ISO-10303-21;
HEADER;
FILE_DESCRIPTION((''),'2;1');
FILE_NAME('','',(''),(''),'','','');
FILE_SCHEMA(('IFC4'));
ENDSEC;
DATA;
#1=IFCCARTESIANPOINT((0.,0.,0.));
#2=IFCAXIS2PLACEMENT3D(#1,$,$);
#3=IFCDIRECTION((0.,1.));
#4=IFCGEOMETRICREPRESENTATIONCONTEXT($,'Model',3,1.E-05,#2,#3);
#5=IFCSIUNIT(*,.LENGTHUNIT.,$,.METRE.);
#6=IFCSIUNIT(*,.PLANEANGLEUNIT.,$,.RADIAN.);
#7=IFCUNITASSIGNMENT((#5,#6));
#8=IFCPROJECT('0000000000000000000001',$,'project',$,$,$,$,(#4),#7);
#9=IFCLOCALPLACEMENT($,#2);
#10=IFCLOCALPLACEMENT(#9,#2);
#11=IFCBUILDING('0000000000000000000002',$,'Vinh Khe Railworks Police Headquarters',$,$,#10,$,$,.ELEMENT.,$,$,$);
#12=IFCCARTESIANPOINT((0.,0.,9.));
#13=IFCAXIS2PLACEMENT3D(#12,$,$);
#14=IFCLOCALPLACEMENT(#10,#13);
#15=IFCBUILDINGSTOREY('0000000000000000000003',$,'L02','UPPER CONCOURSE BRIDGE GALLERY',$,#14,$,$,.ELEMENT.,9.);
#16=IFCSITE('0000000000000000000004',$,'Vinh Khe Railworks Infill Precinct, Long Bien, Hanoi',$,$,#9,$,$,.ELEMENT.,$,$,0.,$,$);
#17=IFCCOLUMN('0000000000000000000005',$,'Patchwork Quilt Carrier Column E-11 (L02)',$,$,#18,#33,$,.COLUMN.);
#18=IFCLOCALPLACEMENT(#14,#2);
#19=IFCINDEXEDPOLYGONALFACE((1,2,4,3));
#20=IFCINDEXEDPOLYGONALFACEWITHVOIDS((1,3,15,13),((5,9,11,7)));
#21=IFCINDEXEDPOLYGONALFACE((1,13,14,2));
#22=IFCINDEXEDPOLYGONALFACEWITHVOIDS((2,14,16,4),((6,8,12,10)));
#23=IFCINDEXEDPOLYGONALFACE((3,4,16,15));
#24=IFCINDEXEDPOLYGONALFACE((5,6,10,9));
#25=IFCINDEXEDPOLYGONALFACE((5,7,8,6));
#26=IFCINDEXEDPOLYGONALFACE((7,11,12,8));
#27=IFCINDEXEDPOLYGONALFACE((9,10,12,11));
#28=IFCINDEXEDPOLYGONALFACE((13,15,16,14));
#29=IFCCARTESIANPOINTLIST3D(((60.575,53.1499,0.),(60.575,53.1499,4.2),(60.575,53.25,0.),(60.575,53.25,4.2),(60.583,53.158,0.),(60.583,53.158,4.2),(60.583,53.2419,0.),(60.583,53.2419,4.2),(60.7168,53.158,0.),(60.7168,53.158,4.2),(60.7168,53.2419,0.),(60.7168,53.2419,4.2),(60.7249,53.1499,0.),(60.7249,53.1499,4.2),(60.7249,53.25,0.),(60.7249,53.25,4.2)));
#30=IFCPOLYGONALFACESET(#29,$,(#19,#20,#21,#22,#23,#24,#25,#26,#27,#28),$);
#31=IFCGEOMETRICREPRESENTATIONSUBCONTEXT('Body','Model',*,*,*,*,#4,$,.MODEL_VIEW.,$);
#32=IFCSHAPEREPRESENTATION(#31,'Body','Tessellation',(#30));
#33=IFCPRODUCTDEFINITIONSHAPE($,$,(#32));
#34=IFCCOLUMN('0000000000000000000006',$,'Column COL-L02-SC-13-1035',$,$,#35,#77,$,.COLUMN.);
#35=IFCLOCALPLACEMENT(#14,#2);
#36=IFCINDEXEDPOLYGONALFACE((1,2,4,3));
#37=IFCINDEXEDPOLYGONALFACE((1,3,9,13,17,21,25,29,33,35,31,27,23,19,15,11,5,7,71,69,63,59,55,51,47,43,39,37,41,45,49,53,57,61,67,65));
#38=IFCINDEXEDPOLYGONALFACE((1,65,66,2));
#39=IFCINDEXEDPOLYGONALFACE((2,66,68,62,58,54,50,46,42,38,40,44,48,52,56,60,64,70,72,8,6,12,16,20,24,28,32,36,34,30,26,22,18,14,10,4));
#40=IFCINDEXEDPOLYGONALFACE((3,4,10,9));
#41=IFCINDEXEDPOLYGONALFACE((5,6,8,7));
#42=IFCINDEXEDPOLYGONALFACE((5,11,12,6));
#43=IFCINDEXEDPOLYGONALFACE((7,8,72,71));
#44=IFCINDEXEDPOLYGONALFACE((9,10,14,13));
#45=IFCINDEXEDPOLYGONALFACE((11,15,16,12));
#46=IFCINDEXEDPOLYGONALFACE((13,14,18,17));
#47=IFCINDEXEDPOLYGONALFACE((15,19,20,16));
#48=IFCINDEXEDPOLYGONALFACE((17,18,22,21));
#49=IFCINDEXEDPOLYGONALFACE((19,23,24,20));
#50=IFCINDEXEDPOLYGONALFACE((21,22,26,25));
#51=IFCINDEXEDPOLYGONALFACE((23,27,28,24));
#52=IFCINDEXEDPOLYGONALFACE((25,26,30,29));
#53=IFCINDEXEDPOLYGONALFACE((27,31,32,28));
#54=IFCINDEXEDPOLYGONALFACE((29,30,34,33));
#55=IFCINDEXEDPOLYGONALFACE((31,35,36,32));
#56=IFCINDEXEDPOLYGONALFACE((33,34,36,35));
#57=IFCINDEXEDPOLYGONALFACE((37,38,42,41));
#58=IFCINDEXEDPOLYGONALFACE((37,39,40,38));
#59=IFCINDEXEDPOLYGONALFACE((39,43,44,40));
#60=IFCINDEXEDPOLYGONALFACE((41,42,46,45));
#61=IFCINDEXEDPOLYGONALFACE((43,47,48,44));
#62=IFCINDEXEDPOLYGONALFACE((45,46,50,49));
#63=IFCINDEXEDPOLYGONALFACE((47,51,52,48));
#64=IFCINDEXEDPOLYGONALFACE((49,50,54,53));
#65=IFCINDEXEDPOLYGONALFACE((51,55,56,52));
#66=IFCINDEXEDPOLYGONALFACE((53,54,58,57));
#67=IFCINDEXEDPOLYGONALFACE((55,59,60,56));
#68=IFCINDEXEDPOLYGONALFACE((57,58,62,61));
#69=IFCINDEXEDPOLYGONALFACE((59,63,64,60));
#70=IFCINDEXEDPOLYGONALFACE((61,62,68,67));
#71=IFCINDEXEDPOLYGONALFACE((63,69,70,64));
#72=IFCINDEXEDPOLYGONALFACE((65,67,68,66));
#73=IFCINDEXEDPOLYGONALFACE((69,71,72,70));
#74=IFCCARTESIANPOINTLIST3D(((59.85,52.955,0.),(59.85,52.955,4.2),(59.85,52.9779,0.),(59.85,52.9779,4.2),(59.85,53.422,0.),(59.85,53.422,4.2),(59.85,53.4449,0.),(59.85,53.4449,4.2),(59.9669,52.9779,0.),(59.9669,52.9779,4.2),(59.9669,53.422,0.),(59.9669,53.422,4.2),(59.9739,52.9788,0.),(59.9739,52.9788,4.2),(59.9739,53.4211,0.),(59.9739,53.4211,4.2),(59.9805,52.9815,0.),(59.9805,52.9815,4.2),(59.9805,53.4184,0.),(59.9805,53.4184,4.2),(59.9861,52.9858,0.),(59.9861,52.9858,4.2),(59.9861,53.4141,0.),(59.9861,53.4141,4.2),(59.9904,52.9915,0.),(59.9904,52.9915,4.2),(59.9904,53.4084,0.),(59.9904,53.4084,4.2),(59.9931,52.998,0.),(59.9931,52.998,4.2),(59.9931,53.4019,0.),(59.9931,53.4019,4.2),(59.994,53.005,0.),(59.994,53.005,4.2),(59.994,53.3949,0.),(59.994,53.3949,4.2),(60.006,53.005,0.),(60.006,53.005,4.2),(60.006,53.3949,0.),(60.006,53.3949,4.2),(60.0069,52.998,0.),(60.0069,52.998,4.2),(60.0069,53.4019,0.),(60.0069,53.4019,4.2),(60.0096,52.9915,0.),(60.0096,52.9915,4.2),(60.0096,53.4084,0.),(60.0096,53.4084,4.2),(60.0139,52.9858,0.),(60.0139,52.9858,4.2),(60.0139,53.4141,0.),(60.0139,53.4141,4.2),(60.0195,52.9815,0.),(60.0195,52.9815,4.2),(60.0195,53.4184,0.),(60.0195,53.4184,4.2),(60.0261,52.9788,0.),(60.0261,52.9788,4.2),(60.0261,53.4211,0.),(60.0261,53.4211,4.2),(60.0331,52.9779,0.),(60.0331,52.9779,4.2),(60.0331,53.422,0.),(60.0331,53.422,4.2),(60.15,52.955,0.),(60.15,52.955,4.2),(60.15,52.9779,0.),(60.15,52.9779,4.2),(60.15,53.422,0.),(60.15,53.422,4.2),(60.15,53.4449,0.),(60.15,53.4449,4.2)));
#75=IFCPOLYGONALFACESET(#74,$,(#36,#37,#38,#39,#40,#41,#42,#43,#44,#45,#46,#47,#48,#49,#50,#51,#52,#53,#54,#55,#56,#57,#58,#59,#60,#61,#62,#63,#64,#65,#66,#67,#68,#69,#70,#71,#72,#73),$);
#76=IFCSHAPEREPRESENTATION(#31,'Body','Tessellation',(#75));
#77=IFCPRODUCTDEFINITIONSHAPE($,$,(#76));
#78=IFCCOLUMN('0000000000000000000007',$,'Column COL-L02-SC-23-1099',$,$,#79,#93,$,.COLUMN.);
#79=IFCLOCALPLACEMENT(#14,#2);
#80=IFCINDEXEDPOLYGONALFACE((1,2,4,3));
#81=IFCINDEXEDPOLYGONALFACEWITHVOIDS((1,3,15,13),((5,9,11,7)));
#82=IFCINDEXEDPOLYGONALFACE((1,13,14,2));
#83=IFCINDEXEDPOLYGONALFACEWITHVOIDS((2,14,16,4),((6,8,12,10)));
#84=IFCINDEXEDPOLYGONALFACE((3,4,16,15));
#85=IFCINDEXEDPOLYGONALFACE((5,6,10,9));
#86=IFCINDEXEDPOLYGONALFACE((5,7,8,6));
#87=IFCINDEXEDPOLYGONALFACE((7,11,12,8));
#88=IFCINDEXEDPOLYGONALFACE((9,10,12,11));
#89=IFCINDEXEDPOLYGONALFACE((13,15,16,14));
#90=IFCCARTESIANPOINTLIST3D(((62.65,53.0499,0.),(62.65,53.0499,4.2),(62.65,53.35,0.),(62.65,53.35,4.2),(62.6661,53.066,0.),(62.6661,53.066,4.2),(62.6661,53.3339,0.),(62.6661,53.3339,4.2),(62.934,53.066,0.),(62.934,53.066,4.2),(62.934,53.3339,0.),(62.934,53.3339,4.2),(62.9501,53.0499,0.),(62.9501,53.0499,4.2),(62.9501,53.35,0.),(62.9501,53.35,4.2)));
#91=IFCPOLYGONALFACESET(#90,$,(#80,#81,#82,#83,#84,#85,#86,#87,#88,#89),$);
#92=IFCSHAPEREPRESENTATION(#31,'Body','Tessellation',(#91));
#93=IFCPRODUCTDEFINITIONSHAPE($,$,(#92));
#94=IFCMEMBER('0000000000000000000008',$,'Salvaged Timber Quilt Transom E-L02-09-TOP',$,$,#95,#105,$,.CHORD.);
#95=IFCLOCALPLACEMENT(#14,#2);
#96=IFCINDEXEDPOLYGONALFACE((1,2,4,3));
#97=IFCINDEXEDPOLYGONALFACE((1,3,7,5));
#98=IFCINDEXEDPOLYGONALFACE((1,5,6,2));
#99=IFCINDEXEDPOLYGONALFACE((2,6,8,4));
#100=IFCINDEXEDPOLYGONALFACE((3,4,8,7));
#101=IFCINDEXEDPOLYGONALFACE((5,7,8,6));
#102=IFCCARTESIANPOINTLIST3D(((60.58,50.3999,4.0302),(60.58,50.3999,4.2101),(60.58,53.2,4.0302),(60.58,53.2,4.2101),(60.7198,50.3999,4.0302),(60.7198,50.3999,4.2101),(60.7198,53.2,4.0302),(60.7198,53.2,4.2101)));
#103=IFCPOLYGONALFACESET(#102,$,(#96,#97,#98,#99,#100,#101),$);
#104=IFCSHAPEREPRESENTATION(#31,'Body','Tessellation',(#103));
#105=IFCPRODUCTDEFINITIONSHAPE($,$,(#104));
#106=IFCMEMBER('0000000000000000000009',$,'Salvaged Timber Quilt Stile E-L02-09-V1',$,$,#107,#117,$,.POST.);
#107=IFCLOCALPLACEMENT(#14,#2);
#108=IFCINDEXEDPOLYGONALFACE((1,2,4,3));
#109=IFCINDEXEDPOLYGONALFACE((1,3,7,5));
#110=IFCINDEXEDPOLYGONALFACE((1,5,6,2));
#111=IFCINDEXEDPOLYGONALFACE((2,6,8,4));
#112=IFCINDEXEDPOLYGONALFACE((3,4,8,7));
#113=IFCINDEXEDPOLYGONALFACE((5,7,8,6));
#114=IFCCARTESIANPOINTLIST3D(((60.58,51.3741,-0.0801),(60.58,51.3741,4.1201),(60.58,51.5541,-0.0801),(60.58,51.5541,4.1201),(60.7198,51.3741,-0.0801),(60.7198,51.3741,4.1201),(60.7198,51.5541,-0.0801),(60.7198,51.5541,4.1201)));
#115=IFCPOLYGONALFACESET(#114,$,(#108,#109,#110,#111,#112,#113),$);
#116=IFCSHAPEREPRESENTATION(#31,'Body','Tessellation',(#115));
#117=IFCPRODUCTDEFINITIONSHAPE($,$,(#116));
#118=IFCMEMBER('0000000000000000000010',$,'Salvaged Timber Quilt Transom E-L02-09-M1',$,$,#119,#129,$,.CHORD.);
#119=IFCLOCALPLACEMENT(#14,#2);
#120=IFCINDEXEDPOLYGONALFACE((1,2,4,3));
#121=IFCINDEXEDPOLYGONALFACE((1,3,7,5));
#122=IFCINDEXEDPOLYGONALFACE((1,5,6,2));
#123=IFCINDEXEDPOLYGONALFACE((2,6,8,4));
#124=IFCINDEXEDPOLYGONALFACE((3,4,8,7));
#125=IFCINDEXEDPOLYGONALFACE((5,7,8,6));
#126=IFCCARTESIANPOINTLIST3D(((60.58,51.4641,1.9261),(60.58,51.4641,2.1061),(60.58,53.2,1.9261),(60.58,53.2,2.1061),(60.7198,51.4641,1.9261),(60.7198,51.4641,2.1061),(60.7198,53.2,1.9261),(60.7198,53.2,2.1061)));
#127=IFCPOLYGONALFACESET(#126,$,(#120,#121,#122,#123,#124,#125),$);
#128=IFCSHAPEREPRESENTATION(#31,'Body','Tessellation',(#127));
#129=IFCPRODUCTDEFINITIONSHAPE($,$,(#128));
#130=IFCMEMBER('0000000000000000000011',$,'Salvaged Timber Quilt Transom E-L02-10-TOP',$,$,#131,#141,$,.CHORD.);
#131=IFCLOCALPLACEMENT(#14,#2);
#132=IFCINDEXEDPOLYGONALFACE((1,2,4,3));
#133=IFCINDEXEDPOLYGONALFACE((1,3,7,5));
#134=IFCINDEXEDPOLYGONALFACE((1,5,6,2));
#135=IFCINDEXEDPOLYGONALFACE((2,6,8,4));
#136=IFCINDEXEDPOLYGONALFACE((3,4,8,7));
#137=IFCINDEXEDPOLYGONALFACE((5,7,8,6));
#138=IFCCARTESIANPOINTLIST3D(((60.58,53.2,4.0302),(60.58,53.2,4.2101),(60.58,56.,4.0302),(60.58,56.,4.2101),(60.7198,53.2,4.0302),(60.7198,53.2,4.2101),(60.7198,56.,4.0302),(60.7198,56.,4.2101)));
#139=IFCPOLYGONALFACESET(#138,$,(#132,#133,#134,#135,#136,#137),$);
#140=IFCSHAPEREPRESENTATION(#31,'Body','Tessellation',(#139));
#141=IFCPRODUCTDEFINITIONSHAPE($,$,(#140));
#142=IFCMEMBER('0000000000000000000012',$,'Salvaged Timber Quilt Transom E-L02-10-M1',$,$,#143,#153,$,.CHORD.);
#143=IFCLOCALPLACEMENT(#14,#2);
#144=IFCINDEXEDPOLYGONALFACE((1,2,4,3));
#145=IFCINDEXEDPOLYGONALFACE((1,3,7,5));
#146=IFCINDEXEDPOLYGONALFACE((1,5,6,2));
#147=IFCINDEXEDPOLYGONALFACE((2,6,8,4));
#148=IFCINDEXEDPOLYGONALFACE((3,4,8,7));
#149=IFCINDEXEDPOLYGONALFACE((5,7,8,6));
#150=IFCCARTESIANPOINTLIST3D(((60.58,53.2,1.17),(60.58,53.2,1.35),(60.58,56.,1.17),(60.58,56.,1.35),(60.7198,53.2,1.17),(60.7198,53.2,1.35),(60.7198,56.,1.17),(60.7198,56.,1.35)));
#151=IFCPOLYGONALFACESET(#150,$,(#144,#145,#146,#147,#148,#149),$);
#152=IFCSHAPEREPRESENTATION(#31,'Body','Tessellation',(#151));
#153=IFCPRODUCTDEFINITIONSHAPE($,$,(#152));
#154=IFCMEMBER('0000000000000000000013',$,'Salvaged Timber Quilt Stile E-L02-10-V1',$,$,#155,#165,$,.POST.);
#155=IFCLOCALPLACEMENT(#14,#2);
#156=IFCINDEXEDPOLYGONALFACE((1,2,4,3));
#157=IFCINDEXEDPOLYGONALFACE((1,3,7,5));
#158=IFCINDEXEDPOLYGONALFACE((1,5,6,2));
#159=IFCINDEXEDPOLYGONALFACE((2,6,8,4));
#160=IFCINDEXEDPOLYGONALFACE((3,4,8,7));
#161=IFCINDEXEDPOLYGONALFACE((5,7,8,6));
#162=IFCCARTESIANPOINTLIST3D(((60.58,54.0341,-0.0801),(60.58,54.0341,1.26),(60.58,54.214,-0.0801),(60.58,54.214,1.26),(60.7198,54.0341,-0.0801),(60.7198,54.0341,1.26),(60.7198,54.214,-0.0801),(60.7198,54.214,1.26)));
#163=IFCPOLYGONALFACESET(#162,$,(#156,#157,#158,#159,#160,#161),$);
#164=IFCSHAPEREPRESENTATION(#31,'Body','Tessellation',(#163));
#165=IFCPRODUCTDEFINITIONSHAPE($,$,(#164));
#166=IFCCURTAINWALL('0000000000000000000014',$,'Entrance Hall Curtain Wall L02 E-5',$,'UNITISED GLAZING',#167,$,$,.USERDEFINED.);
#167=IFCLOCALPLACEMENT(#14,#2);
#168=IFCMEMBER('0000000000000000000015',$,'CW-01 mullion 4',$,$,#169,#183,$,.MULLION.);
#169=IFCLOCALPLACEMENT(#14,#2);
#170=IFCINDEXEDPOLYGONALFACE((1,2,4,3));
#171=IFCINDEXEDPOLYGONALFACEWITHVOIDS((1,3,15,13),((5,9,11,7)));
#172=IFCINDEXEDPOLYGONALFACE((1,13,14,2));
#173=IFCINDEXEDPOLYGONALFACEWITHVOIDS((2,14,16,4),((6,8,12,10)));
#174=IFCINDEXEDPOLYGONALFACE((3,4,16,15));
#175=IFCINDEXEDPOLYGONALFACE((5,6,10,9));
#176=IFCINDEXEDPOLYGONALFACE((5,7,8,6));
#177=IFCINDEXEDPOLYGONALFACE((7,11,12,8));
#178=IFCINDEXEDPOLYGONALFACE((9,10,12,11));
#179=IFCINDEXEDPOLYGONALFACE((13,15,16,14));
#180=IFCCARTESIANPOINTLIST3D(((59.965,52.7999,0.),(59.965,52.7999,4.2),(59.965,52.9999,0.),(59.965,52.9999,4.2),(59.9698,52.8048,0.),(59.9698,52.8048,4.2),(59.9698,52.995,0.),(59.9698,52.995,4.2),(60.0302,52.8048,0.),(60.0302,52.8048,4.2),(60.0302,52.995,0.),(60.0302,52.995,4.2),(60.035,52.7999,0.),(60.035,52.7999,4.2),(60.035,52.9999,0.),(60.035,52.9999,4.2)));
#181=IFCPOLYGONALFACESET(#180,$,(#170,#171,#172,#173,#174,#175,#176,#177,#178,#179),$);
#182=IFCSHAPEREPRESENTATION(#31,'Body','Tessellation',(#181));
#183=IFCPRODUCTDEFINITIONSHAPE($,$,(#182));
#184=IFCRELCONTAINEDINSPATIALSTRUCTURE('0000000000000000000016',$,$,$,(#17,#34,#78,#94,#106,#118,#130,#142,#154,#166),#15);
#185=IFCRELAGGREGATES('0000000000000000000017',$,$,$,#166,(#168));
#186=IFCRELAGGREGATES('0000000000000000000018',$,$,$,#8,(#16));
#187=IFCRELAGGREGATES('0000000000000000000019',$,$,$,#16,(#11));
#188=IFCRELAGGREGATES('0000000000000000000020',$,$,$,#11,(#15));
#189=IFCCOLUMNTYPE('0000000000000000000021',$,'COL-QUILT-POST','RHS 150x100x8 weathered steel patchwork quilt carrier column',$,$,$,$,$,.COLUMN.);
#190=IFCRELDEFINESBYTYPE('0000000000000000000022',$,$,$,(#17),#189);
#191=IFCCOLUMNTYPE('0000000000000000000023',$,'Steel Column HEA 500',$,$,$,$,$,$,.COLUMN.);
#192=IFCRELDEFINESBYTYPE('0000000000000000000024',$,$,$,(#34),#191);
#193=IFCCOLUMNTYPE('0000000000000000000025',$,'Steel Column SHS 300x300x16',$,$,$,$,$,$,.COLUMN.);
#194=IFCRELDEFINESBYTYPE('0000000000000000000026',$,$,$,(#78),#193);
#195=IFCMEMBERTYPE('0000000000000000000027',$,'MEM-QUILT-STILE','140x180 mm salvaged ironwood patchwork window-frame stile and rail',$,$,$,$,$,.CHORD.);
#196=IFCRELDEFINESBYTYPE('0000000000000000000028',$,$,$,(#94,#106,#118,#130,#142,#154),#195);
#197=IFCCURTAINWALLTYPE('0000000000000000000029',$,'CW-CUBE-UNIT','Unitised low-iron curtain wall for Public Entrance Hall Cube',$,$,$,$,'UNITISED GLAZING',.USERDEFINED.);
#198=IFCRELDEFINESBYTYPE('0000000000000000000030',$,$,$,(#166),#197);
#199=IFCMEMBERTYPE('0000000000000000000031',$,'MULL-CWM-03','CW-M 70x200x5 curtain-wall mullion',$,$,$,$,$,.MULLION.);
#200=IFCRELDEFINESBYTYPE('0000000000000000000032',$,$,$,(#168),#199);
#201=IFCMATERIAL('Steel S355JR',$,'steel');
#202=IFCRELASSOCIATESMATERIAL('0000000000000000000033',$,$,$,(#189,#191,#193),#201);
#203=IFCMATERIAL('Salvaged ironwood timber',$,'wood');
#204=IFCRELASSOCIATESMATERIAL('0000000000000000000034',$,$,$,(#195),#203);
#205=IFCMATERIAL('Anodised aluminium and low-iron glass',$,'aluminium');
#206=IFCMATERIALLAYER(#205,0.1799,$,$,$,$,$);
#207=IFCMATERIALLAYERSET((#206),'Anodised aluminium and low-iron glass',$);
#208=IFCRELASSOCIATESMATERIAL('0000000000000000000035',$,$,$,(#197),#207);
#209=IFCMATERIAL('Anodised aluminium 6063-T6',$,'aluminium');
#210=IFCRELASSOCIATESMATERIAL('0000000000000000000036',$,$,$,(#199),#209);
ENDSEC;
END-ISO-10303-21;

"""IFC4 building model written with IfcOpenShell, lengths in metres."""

from ifc_helpers import new_model, si_unit, direction, frame, origin, origin_2d, place, context, subcontext, project, spatial, rectangle, hollow_rectangle, i_section, extrude, material, layer, layer_set, material_profile, profile_set, type_object, element, aggregate, save


model = new_model("IFC4")

# Units and contexts
model_context = context("Model", 3, precision=1e-05, world=origin(), true_north=direction((0.0, 1.0)))
body_context = subcontext(model_context, "Body", "Model", "MODEL_VIEW")
ifc_project = project(units=[si_unit("LENGTHUNIT", "METRE"), si_unit("PLANEANGLEUNIT", "RADIAN")], contexts=[model_context])

# Site, building, storey
site_placement = place(None, origin())
site = spatial("IfcSite", under=ifc_project, at=site_placement, Name="Vinh Khe Railworks Infill Precinct, Long Bien, Hanoi", CompositionType="ELEMENT", RefElevation=0.0)
building_placement = place(site_placement, origin())
building = spatial("IfcBuilding", under=site, at=building_placement, Name="Vinh Khe Railworks Police Headquarters", CompositionType="ELEMENT")
storey_placement = place(building_placement, frame((0.0, 0.0, 9.0)))
storey = spatial("IfcBuildingStorey", under=building, at=storey_placement, Name="L02", Description="UPPER CONCOURSE BRIDGE GALLERY", CompositionType="ELEMENT", Elevation=9.0)

# Columns
ifc_material_1 = material(Name="Steel S355JR", Category="steel")
ifc_material_profile_1 = material_profile(ifc_material_1, hollow_rectangle(XDim=0.1499, YDim=0.1001, WallThickness=0.0081, at=origin_2d()), Name="RHS 150x100x8")
ifc_profile_set_1 = profile_set([ifc_material_profile_1], Name="Steel S355JR")
column_type_1 = type_object("IfcColumnType", Name="COL-QUILT-POST", Description="RHS 150x100x8 weathered steel patchwork quilt carrier column", PredefinedType="COLUMN", material=ifc_profile_set_1)
column_1_placement = place(storey_placement, frame((60.6499, 53.2, 0.0), z_axis=(0.0, 0.0, 1.0), x_axis=(1.0, 0.0, 0.0)))
element("IfcColumn", 1, at=column_1_placement, inside=storey, type_object=column_type_1, Name="Patchwork Quilt Carrier Column E-11 (L02)", PredefinedType="COLUMN", context=body_context, shape_type="SweptSolid", body=[
    extrude(hollow_rectangle(XDim=0.1499, YDim=0.1001, WallThickness=0.0081, at=origin_2d()), origin(), (0.0, 0.0, 1.0), 4.2),
])
ifc_material_profile_2 = material_profile(ifc_material_1, i_section(OverallWidth=0.3, OverallDepth=0.49, WebThickness=0.012, FlangeThickness=0.0229, FilletRadius=0.0271, at=origin_2d()), Name="HEA 500")
ifc_profile_set_2 = profile_set([ifc_material_profile_2], Name="Steel S355JR")
column_type_2 = type_object("IfcColumnType", Name="Steel Column HEA 500", PredefinedType="COLUMN", material=ifc_profile_set_2)
column_2_placement = place(storey_placement, frame((60.0, 53.2, 0.0), z_axis=(0.0, 0.0, 1.0), x_axis=(1.0, 0.0, 0.0)))
element("IfcColumn", 2, at=column_2_placement, inside=storey, type_object=column_type_2, Name="Column COL-L02-SC-13-1035", PredefinedType="COLUMN", context=body_context, shape_type="SweptSolid", body=[
    extrude(i_section(OverallWidth=0.3, OverallDepth=0.49, WebThickness=0.012, FlangeThickness=0.0229, FilletRadius=0.0271, at=origin_2d()), origin(), (0.0, 0.0, 1.0), 4.2),
])
ifc_material_profile_3 = material_profile(ifc_material_1, hollow_rectangle(XDim=0.3, YDim=0.3, WallThickness=0.0161, at=origin_2d()), Name="SHS 300x300x16")
ifc_profile_set_3 = profile_set([ifc_material_profile_3], Name="Steel S355JR")
column_type_3 = type_object("IfcColumnType", Name="Steel Column SHS 300x300x16", PredefinedType="COLUMN", material=ifc_profile_set_3)
column_3_placement = place(storey_placement, frame((62.8, 53.2, 0.0), z_axis=(0.0, 0.0, 1.0), x_axis=(1.0, 0.0, 0.0)))
element("IfcColumn", 3, at=column_3_placement, inside=storey, type_object=column_type_3, Name="Column COL-L02-SC-23-1099", PredefinedType="COLUMN", context=body_context, shape_type="SweptSolid", body=[
    extrude(hollow_rectangle(XDim=0.3, YDim=0.3, WallThickness=0.0161, at=origin_2d()), origin(), (0.0, 0.0, 1.0), 4.2),
])

# Members
ifc_material_2 = material(Name="Salvaged ironwood timber", Category="wood")
ifc_material_profile_4 = material_profile(ifc_material_2, rectangle(XDim=0.1399, YDim=0.1799, at=origin_2d()), Name="TIMBER 140x180")
ifc_profile_set_4 = profile_set([ifc_material_profile_4], Name="Salvaged ironwood timber")
member_type_1 = type_object("IfcMemberType", Name="MEM-QUILT-STILE", Description="140x180 mm salvaged ironwood patchwork window-frame stile and rail", PredefinedType="CHORD", material=ifc_profile_set_4)
member_1_placement = place(storey_placement, frame((60.6499, 50.3999, 4.1201), z_axis=(0.0, 1.0, 0.0), x_axis=(-1.0, 0.0, 0.0)))
element("IfcMember", 4, at=member_1_placement, inside=storey, type_object=member_type_1, Name="Salvaged Timber Quilt Transom E-L02-09-TOP", PredefinedType="CHORD", context=body_context, shape_type="SweptSolid", body=[
    extrude(rectangle(XDim=0.1399, YDim=0.1799, at=origin_2d()), origin(), (0.0, 0.0, 1.0), 2.8),
])
member_2_placement = place(storey_placement, frame((60.6499, 51.4641, -0.0801), z_axis=(0.0, 0.0, 1.0), x_axis=(1.0, 0.0, 0.0)))
element("IfcMember", 5, at=member_2_placement, inside=storey, type_object=member_type_1, Name="Salvaged Timber Quilt Stile E-L02-09-V1", PredefinedType="POST", context=body_context, shape_type="SweptSolid", body=[
    extrude(rectangle(XDim=0.1399, YDim=0.1799, at=origin_2d()), origin(), (0.0, 0.0, 1.0), 4.2002),
])
member_3_placement = place(storey_placement, frame((60.6499, 51.4641, 2.0161), z_axis=(0.0, 1.0, 0.0), x_axis=(-1.0, 0.0, 0.0)))
element("IfcMember", 6, at=member_3_placement, inside=storey, type_object=member_type_1, Name="Salvaged Timber Quilt Transom E-L02-09-M1", PredefinedType="CHORD", context=body_context, shape_type="SweptSolid", body=[
    extrude(rectangle(XDim=0.1399, YDim=0.1799, at=origin_2d()), origin(), (0.0, 0.0, 1.0), 1.7358),
])
for number, where, z_axis, x_axis, name in (
    (7, (60.6499, 53.2, 4.1201), (0.0, 1.0, 0.0), (-1.0, 0.0, 0.0), "Salvaged Timber Quilt Transom E-L02-10-TOP"),
    (8, (60.6499, 53.2, 1.26), (0.0, 1.0, 0.0), (-1.0, 0.0, 0.0), "Salvaged Timber Quilt Transom E-L02-10-M1"),
):
    element("IfcMember", number, at=place(storey_placement, frame(where, z_axis=z_axis, x_axis=x_axis)), inside=storey, type_object=member_type_1, Name=name, PredefinedType="CHORD", context=body_context, shape_type="SweptSolid", body=[
        extrude(rectangle(XDim=0.1399, YDim=0.1799, at=origin_2d()), origin(), (0.0, 0.0, 1.0), 2.8),
    ])
member_4_placement = place(storey_placement, frame((60.6499, 54.124, -0.0801), z_axis=(0.0, 0.0, 1.0), x_axis=(1.0, 0.0, 0.0)))
element("IfcMember", 9, at=member_4_placement, inside=storey, type_object=member_type_1, Name="Salvaged Timber Quilt Stile E-L02-10-V1", PredefinedType="POST", context=body_context, shape_type="SweptSolid", body=[
    extrude(rectangle(XDim=0.1399, YDim=0.1799, at=origin_2d()), origin(), (0.0, 0.0, 1.0), 1.3401),
])

# Curtain wall, member
ifc_material_3 = material(Name="Anodised aluminium and low-iron glass", Category="aluminium")
ifc_layer_1 = layer(ifc_material_3, 0.1799)
ifc_layer_set_1 = layer_set([ifc_layer_1], Name="Anodised aluminium and low-iron glass")
curtain_wall_type = type_object("IfcCurtainWallType", Name="CW-CUBE-UNIT", Description="Unitised low-iron curtain wall for Public Entrance Hall Cube", ElementType="UNITISED GLAZING", PredefinedType="USERDEFINED", material=ifc_layer_set_1)
curtain_wall_1_placement = place(storey_placement, origin())
curtain_wall_1 = element("IfcCurtainWall", 10, at=curtain_wall_1_placement, inside=storey, type_object=curtain_wall_type, Name="Entrance Hall Curtain Wall L02 E-5", ObjectType="UNITISED GLAZING", PredefinedType="USERDEFINED")
ifc_material_4 = material(Name="Anodised aluminium 6063-T6", Category="aluminium")
ifc_material_profile_5 = material_profile(ifc_material_4, hollow_rectangle(XDim=0.0701, YDim=0.2, WallThickness=0.0049, at=origin_2d()), Name="CW-M 70x200x5")
ifc_profile_set_5 = profile_set([ifc_material_profile_5], Name="Anodised aluminium 6063-T6")
member_type_2 = type_object("IfcMemberType", Name="MULL-CWM-03", Description="CW-M 70x200x5 curtain-wall mullion", PredefinedType="MULLION", material=ifc_profile_set_5)
member_5_placement = place(storey_placement, frame((60.0, 52.8999, 0.0), z_axis=(0.0, 0.0, 1.0), x_axis=(-1.0, 0.0, 0.0)))
member_5 = element("IfcMember", 11, at=member_5_placement, type_object=member_type_2, Name="CW-01 mullion 4", PredefinedType="MULLION", context=body_context, shape_type="SweptSolid", body=[
    extrude(hollow_rectangle(XDim=0.0701, YDim=0.2, WallThickness=0.0049, at=origin_2d()), origin(), (0.0, 0.0, 1.0), 4.2),
])

aggregate(curtain_wall_1, [member_5])

save(model, "model.ifc")
